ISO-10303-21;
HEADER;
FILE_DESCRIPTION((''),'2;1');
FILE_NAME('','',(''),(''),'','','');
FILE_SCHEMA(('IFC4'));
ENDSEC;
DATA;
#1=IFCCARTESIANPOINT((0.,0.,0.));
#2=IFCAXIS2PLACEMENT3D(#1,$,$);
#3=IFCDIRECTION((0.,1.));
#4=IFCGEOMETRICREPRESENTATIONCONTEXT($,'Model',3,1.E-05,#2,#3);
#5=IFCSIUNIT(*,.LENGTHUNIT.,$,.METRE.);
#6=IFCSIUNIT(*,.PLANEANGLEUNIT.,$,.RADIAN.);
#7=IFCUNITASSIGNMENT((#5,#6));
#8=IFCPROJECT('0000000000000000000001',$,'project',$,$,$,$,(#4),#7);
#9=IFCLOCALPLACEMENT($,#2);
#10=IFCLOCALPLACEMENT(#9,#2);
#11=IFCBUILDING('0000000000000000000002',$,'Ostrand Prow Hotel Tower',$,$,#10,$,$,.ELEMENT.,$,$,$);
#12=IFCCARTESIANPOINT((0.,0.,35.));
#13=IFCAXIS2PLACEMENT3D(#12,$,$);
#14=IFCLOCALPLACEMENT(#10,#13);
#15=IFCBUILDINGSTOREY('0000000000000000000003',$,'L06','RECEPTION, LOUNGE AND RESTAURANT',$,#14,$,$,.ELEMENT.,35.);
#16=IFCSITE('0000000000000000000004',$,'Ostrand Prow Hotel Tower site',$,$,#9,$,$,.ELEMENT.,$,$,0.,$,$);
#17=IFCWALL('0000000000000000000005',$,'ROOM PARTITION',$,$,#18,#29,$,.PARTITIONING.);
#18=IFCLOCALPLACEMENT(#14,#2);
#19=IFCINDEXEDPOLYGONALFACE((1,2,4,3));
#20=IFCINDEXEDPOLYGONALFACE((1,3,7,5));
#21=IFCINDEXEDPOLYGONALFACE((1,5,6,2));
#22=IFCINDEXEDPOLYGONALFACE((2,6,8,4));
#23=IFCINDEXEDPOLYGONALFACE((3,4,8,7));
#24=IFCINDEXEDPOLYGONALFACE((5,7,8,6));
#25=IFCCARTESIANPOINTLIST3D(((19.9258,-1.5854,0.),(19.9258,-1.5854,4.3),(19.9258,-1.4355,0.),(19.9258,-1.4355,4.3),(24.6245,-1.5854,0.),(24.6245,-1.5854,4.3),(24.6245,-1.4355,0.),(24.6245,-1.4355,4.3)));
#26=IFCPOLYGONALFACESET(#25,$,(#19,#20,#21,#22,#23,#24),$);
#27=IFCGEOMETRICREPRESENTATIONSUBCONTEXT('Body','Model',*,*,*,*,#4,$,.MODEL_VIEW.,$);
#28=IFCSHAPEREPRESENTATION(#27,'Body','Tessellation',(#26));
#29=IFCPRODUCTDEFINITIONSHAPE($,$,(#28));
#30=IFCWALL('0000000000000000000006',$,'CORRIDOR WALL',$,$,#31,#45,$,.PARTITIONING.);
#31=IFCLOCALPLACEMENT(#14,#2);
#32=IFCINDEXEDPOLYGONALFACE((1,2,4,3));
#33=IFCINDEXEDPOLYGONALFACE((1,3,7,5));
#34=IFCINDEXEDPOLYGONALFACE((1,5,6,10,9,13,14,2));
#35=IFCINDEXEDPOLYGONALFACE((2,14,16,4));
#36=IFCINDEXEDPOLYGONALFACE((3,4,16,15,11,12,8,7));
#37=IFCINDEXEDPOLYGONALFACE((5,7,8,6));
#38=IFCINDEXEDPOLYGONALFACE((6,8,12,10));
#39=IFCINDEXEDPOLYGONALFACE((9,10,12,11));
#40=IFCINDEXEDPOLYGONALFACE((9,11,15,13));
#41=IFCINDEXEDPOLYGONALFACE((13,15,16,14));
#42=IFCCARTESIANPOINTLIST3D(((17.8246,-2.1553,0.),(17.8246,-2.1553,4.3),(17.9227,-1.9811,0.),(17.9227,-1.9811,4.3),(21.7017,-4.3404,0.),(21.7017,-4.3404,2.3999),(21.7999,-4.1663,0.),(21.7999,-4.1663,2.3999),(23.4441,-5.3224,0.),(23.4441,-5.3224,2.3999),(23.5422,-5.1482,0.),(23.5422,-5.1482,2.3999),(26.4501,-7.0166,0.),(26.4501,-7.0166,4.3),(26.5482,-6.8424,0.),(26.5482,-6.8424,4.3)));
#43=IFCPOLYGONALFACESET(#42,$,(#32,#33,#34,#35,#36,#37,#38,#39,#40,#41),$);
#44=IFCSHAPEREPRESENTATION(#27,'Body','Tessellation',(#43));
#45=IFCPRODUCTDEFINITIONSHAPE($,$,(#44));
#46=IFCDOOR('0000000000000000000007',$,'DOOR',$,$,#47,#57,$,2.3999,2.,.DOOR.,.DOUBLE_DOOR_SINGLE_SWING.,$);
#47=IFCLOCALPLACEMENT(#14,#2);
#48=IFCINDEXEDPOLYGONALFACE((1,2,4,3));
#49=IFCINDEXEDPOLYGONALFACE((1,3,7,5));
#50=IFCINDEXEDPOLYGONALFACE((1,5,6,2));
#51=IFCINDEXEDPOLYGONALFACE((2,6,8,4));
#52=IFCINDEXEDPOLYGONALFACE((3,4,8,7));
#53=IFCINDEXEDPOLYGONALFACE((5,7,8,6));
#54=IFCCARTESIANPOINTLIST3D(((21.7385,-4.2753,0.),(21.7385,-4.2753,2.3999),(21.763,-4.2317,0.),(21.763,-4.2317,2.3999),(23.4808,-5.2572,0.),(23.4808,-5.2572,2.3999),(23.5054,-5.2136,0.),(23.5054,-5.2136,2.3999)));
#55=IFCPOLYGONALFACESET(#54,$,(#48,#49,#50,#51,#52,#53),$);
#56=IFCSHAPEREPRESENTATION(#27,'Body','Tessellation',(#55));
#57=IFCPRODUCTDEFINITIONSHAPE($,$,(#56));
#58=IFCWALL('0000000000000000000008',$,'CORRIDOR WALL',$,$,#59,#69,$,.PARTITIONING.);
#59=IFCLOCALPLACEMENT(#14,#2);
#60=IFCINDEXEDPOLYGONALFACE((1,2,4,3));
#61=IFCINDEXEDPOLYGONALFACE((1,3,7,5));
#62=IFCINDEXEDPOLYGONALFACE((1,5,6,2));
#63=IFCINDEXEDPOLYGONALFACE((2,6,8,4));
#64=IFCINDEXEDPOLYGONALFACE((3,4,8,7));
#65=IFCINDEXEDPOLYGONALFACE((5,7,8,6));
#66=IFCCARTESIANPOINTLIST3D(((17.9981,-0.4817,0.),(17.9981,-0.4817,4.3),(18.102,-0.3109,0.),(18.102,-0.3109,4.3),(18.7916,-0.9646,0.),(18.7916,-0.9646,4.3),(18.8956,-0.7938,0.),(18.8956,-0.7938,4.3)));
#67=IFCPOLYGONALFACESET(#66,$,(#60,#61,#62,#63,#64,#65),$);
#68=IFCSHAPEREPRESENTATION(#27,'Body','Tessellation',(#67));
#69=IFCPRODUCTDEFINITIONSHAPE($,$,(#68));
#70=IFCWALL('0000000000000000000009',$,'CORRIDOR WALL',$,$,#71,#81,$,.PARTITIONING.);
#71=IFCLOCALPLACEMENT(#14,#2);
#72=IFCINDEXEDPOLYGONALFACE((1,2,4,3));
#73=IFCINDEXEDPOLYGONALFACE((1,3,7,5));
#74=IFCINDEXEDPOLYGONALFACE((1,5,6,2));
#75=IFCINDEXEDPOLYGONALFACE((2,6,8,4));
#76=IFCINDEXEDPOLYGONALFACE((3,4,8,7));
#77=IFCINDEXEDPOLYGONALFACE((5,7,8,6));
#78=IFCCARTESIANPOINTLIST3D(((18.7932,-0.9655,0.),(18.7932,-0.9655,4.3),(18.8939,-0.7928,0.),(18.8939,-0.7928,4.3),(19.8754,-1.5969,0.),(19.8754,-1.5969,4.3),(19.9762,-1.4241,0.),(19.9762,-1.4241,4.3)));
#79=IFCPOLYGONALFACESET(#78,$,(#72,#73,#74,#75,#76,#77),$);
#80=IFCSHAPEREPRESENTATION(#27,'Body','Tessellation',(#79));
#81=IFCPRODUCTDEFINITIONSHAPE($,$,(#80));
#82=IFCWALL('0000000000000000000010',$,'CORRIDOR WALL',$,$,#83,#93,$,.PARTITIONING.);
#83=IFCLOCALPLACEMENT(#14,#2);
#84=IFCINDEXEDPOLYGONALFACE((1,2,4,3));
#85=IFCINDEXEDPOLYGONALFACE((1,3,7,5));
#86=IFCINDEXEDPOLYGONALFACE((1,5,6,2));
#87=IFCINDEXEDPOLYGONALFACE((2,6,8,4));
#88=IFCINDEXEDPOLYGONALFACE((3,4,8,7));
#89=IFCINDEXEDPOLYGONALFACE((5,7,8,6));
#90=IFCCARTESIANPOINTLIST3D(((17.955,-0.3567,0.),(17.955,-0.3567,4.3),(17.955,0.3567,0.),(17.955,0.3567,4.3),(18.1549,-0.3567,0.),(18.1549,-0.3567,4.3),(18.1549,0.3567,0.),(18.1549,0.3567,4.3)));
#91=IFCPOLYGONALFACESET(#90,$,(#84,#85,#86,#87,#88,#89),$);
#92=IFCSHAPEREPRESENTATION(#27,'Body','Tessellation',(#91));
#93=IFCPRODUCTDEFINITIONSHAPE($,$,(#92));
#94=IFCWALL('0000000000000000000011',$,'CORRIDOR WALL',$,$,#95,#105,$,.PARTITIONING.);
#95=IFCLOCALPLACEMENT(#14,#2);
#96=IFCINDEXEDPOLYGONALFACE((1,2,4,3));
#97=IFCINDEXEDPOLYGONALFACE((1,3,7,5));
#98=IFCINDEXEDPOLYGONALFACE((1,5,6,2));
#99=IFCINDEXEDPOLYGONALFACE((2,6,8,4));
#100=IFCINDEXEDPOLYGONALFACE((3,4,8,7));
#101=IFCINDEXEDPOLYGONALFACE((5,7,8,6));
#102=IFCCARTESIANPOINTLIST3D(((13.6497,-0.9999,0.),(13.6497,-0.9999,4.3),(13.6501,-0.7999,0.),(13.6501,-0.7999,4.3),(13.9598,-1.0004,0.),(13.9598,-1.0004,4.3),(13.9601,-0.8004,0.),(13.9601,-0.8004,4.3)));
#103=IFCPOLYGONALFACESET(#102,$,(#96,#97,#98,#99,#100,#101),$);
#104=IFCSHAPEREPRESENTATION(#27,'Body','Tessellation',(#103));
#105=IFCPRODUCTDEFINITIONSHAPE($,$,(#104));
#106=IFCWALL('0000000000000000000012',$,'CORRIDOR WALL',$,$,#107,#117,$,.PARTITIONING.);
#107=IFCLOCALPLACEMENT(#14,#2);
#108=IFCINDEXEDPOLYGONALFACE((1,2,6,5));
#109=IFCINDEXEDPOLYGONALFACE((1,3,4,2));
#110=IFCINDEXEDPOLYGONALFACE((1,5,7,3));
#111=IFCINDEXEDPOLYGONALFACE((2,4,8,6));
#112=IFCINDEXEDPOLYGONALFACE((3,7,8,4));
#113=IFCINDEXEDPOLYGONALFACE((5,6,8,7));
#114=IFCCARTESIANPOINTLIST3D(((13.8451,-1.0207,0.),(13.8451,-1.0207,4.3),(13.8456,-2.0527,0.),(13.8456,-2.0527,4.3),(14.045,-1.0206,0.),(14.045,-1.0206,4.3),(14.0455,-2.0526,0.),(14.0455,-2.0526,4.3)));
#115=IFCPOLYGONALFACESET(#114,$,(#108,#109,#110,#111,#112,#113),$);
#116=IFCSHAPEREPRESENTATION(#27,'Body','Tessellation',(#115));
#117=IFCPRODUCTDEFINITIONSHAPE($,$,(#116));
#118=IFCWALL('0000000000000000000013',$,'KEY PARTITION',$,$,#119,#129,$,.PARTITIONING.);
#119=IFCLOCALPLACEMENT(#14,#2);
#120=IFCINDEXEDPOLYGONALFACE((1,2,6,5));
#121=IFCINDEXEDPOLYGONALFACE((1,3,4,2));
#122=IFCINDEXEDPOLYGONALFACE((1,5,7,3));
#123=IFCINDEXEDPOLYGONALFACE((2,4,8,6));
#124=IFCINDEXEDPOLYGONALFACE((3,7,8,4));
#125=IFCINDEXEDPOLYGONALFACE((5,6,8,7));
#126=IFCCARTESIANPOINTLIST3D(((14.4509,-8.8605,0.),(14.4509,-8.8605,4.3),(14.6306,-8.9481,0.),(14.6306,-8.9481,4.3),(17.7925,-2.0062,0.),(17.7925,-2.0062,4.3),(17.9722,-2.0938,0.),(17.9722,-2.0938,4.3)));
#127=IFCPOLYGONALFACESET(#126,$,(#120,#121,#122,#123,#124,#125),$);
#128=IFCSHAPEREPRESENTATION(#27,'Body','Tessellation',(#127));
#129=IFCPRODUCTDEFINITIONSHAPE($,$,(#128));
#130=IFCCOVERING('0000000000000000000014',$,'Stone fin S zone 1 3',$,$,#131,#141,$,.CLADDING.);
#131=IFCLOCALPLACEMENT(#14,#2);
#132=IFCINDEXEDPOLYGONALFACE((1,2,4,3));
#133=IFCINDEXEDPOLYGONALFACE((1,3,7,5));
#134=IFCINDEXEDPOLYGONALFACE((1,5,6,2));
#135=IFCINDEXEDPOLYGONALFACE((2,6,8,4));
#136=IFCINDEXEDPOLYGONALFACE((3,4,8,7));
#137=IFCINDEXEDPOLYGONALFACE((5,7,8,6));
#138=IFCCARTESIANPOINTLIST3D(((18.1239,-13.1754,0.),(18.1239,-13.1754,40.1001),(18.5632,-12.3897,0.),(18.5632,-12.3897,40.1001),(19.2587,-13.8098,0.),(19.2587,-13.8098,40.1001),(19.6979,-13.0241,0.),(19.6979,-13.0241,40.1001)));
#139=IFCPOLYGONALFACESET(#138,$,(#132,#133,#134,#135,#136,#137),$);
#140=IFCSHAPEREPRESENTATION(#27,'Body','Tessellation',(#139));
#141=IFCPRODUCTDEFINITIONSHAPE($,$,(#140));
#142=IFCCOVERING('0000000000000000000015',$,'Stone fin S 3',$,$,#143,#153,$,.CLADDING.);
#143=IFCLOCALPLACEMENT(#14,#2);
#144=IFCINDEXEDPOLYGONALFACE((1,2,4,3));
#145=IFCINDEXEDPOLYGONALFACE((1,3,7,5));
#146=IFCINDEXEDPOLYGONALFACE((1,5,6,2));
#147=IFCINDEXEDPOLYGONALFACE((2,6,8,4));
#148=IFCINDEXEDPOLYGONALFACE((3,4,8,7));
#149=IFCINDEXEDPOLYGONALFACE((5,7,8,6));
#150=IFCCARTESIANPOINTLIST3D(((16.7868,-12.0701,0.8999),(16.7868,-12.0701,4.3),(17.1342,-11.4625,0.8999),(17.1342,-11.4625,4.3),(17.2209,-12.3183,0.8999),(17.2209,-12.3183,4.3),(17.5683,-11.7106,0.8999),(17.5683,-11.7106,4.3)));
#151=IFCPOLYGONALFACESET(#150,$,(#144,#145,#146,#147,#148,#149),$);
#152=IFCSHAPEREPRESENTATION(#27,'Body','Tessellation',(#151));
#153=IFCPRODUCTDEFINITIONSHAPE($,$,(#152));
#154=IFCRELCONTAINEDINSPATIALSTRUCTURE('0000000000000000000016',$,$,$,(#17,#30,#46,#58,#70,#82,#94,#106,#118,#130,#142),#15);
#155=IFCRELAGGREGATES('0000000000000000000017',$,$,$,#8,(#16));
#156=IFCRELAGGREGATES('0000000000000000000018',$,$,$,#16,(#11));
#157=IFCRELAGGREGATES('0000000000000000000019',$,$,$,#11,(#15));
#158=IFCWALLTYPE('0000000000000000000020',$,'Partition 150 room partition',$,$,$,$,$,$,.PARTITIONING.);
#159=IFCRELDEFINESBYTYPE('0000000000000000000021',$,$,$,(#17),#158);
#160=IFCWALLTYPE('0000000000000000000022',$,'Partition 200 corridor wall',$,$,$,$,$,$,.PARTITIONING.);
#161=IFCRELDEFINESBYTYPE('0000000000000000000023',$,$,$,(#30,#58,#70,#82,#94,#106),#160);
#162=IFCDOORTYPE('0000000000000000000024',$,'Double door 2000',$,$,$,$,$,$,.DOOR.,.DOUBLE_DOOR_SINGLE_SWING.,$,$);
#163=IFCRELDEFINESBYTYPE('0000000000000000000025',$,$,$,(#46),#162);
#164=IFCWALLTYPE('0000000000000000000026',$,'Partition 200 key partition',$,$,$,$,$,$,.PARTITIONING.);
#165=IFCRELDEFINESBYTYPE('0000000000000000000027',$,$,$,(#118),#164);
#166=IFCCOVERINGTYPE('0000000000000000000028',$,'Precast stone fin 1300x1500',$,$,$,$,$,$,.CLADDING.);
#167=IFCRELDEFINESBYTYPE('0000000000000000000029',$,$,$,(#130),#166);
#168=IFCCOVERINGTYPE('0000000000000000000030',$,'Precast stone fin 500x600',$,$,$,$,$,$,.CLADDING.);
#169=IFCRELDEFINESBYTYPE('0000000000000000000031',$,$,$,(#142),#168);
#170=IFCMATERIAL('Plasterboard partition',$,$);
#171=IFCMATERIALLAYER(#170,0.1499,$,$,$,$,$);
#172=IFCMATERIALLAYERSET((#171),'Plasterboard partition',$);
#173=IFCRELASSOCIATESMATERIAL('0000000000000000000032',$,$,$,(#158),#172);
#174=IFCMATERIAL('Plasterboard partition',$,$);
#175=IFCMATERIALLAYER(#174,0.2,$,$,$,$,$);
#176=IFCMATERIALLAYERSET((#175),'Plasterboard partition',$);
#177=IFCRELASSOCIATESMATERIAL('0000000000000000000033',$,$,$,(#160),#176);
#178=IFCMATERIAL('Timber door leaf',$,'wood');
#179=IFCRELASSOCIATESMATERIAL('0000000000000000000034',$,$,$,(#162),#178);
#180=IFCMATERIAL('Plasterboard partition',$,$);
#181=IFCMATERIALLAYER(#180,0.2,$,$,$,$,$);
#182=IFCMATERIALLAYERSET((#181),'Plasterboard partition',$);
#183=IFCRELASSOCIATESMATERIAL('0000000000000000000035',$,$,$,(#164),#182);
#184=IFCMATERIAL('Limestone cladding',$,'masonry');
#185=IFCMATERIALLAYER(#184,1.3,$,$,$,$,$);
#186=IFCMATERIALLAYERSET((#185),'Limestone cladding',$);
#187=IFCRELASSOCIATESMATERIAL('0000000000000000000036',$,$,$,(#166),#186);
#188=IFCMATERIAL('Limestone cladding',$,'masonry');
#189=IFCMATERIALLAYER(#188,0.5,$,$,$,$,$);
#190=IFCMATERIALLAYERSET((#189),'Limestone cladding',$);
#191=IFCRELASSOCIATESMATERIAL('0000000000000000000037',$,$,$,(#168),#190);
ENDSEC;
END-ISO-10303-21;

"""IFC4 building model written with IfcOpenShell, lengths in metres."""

from ifc_helpers import new_model, si_unit, direction, frame, frame_2d, origin, place, context, subcontext, project, spatial, rectangle, extrude, material, layer, layer_set, type_object, element, fill, save


model = new_model("IFC4")

# Units and contexts
model_context = context("Model", 3, precision=1e-05, world=origin(), true_north=direction((0.0, 1.0)))
body_context = subcontext(model_context, "Body", "Model", "MODEL_VIEW")
ifc_project = project(units=[si_unit("LENGTHUNIT", "METRE"), si_unit("PLANEANGLEUNIT", "RADIAN")], contexts=[model_context])

# Site, building, storey
site_placement = place(None, origin())
site = spatial("IfcSite", under=ifc_project, at=site_placement, Name="Ostrand Prow Hotel Tower site", CompositionType="ELEMENT", RefElevation=0.0)
building_placement = place(site_placement, origin())
building = spatial("IfcBuilding", under=site, at=building_placement, Name="Ostrand Prow Hotel Tower", CompositionType="ELEMENT")
storey_placement = place(building_placement, frame((0.0, 0.0, 35.0)))
storey = spatial("IfcBuildingStorey", under=building, at=storey_placement, Name="L06", Description="RECEPTION, LOUNGE AND RESTAURANT", CompositionType="ELEMENT", Elevation=35.0)

# Wall
ifc_material_1 = material(Name="Plasterboard partition")
ifc_layer_1 = layer(ifc_material_1, 0.1499)
ifc_layer_set_1 = layer_set([ifc_layer_1], Name="Plasterboard partition")
wall_type_1 = type_object("IfcWallType", Name="Partition 150 room partition", PredefinedType="PARTITIONING", material=ifc_layer_set_1)
wall_1_placement = place(storey_placement, frame((19.9258, -1.5105, 0.0), z_axis=(0.0, 0.0, 1.0), x_axis=(1.0, 0.0, 0.0)))
element("IfcWall", 1, at=wall_1_placement, inside=storey, type_object=wall_type_1, Name="ROOM PARTITION", PredefinedType="PARTITIONING", context=body_context, shape_type="SweptSolid", body=[
    extrude(rectangle(XDim=4.6987, YDim=0.1499, at=frame_2d((2.3494, 0.0))), origin(), (0.0, 0.0, 1.0), 4.3),
])

# Wall, opening, door
ifc_material_2 = material(Name="Plasterboard partition")
ifc_layer_2 = layer(ifc_material_2, 0.2)
ifc_layer_set_2 = layer_set([ifc_layer_2], Name="Plasterboard partition")
wall_type_2 = type_object("IfcWallType", Name="Partition 200 corridor wall", PredefinedType="PARTITIONING", material=ifc_layer_set_2)
wall_2_placement = place(storey_placement, frame((17.8735, -2.0681, 0.0), z_axis=(0.0, 0.0, 1.0), x_axis=(0.871166, -0.490989, 0.0)))
wall_2 = element("IfcWall", 2, at=wall_2_placement, inside=storey, type_object=wall_type_2, Name="CORRIDOR WALL", PredefinedType="PARTITIONING", context=body_context, shape_type="SweptSolid", body=[
    extrude(rectangle(XDim=9.9011, YDim=0.2, at=frame_2d((4.9507, 0.0))), origin(), (0.0, 0.0, 1.0), 4.3),
])
opening_placement = place(wall_2_placement, frame((4.4507, 0.0, 0.0)))
opening = element("IfcOpeningElement", 3, at=opening_placement, cuts=wall_2, PredefinedType="OPENING", context=body_context, shape_type="SweptSolid", body=[
    extrude(rectangle(XDim=2.0, YDim=2.3999, at=frame_2d((1.0, 1.2))), frame((0.0, 0.1099, 0.0), z_axis=(0.0, -1.0, 0.0), x_axis=(1.0, 0.0, 0.0)), (0.0, 0.0, 1.0), 0.22),
])
ifc_material_3 = material(Name="Timber door leaf", Category="wood")
door_type = type_object("IfcDoorType", Name="Double door 2000", OperationType="DOUBLE_DOOR_SINGLE_SWING", PredefinedType="DOOR", material=ifc_material_3)
door_placement = place(opening_placement, origin())
door = element("IfcDoor", 4, at=door_placement, inside=storey, type_object=door_type, Name="DOOR", OperationType="DOUBLE_DOOR_SINGLE_SWING", OverallHeight=2.3999, OverallWidth=2.0, PredefinedType="DOOR", context=body_context, shape_type="SweptSolid", body=[
    extrude(rectangle(XDim=2.0, YDim=2.3999, at=frame_2d((1.0, 1.2))), frame((0.0, 0.0249, 0.0), z_axis=(0.0, -1.0, 0.0), x_axis=(1.0, 0.0, 0.0)), (0.0, 0.0, 1.0), 0.05),
])
fill(opening, door)

# Walls
wall_3_placement = place(storey_placement, frame((18.8435, -0.8792, 0.0), z_axis=(0.0, 0.0, 1.0), x_axis=(-0.854229, 0.519897, 0.0)))
element("IfcWall", 5, at=wall_3_placement, inside=storey, type_object=wall_type_2, Name="CORRIDOR WALL", PredefinedType="PARTITIONING", context=body_context, shape_type="SweptSolid", body=[
    extrude(rectangle(XDim=0.929, YDim=0.2, at=frame_2d((0.4644, 0.0))), origin(), (0.0, 0.0, 1.0), 4.3),
])
wall_4_placement = place(storey_placement, frame((19.9258, -1.5105, 0.0), z_axis=(0.0, 0.0, 1.0), x_axis=(-0.863772, 0.503883, 0.0)))
element("IfcWall", 6, at=wall_4_placement, inside=storey, type_object=wall_type_2, Name="CORRIDOR WALL", PredefinedType="PARTITIONING", context=body_context, shape_type="SweptSolid", body=[
    extrude(rectangle(XDim=1.2529, YDim=0.2, at=frame_2d((0.6265, 0.0))), origin(), (0.0, 0.0, 1.0), 4.3),
])
wall_5_placement = place(storey_placement, frame((18.0549, -0.3567, 0.0), z_axis=(0.0, 0.0, 1.0), x_axis=(0.0, 1.0, 0.0)))
element("IfcWall", 7, at=wall_5_placement, inside=storey, type_object=wall_type_2, Name="CORRIDOR WALL", PredefinedType="PARTITIONING", context=body_context, shape_type="SweptSolid", body=[
    extrude(rectangle(XDim=0.7134, YDim=0.2, at=frame_2d((0.3567, 0.0))), origin(), (0.0, 0.0, 1.0), 4.3),
])
wall_6_placement = place(storey_placement, frame((13.6499, -0.8999, 0.0), z_axis=(0.0, 0.0, 1.0), x_axis=(0.999999, -0.001575, 0.0)))
element("IfcWall", 8, at=wall_6_placement, inside=storey, type_object=wall_type_2, Name="CORRIDOR WALL", PredefinedType="PARTITIONING", context=body_context, shape_type="SweptSolid", body=[
    extrude(rectangle(XDim=0.3101, YDim=0.2, at=frame_2d((0.155, 0.0))), origin(), (0.0, 0.0, 1.0), 4.3),
])
wall_7_placement = place(storey_placement, frame((13.9451, -1.0205, 0.0), z_axis=(0.0, 0.0, 1.0), x_axis=(0.000473, -1.0, 0.0)))
element("IfcWall", 9, at=wall_7_placement, inside=storey, type_object=wall_type_2, Name="CORRIDOR WALL", PredefinedType="PARTITIONING", context=body_context, shape_type="SweptSolid", body=[
    extrude(rectangle(XDim=1.032, YDim=0.2, at=frame_2d((0.5161, 0.0))), origin(), (0.0, 0.0, 1.0), 4.3),
])
ifc_material_4 = material(Name="Plasterboard partition")
ifc_layer_3 = layer(ifc_material_4, 0.2)
ifc_layer_set_3 = layer_set([ifc_layer_3], Name="Plasterboard partition")
wall_type_3 = type_object("IfcWallType", Name="Partition 200 key partition", PredefinedType="PARTITIONING", material=ifc_layer_set_3)
wall_8_placement = place(storey_placement, frame((14.5408, -8.9043, 0.0), z_axis=(0.0, 0.0, 1.0), x_axis=(0.438214, 0.898871, 0.0)))
element("IfcWall", 10, at=wall_8_placement, inside=storey, type_object=wall_type_3, Name="KEY PARTITION", PredefinedType="PARTITIONING", context=body_context, shape_type="SweptSolid", body=[
    extrude(rectangle(XDim=7.6255, YDim=0.2, at=frame_2d((3.8127, 0.0))), origin(), (0.0, 0.0, 1.0), 4.3),
])

# Coverings
ifc_material_5 = material(Name="Limestone cladding", Category="masonry")
ifc_layer_4 = layer(ifc_material_5, 1.3)
ifc_layer_set_4 = layer_set([ifc_layer_4], Name="Limestone cladding")
covering_type_1 = type_object("IfcCoveringType", Name="Precast stone fin 1300x1500", PredefinedType="CLADDING", material=ifc_layer_set_4)
covering_1_placement = place(storey_placement, frame((19.1306, -12.7068, 0.0), z_axis=(0.0, 0.0, 1.0), x_axis=(-0.487967, -0.872862, 0.0)))
element("IfcCovering", 11, at=covering_1_placement, inside=storey, type_object=covering_type_1, Name="Stone fin S zone 1 3", PredefinedType="CLADDING", context=body_context, shape_type="SweptSolid", body=[
    extrude(rectangle(XDim=0.9001, YDim=1.3, at=frame_2d((0.4502, 0.0))), origin(), (0.0, 0.0, 1.0), 40.1001),
])
ifc_material_6 = material(Name="Limestone cladding", Category="masonry")
ifc_layer_5 = layer(ifc_material_6, 0.5)
ifc_layer_set_5 = layer_set([ifc_layer_5], Name="Limestone cladding")
covering_type_2 = type_object("IfcCoveringType", Name="Precast stone fin 500x600", PredefinedType="CLADDING", material=ifc_layer_set_5)
covering_2_placement = place(storey_placement, frame((17.3513, -11.5864, 0.8999), z_axis=(0.0, 0.0, 1.0), x_axis=(-0.496327, -0.868136, 0.0)))
element("IfcCovering", 12, at=covering_2_placement, inside=storey, type_object=covering_type_2, Name="Stone fin S 3", PredefinedType="CLADDING", context=body_context, shape_type="SweptSolid", body=[
    extrude(rectangle(XDim=0.7, YDim=0.5, at=frame_2d((0.3501, 0.0))), origin(), (0.0, 0.0, 1.0), 3.4001),
])

save(model, "model.ifc")
